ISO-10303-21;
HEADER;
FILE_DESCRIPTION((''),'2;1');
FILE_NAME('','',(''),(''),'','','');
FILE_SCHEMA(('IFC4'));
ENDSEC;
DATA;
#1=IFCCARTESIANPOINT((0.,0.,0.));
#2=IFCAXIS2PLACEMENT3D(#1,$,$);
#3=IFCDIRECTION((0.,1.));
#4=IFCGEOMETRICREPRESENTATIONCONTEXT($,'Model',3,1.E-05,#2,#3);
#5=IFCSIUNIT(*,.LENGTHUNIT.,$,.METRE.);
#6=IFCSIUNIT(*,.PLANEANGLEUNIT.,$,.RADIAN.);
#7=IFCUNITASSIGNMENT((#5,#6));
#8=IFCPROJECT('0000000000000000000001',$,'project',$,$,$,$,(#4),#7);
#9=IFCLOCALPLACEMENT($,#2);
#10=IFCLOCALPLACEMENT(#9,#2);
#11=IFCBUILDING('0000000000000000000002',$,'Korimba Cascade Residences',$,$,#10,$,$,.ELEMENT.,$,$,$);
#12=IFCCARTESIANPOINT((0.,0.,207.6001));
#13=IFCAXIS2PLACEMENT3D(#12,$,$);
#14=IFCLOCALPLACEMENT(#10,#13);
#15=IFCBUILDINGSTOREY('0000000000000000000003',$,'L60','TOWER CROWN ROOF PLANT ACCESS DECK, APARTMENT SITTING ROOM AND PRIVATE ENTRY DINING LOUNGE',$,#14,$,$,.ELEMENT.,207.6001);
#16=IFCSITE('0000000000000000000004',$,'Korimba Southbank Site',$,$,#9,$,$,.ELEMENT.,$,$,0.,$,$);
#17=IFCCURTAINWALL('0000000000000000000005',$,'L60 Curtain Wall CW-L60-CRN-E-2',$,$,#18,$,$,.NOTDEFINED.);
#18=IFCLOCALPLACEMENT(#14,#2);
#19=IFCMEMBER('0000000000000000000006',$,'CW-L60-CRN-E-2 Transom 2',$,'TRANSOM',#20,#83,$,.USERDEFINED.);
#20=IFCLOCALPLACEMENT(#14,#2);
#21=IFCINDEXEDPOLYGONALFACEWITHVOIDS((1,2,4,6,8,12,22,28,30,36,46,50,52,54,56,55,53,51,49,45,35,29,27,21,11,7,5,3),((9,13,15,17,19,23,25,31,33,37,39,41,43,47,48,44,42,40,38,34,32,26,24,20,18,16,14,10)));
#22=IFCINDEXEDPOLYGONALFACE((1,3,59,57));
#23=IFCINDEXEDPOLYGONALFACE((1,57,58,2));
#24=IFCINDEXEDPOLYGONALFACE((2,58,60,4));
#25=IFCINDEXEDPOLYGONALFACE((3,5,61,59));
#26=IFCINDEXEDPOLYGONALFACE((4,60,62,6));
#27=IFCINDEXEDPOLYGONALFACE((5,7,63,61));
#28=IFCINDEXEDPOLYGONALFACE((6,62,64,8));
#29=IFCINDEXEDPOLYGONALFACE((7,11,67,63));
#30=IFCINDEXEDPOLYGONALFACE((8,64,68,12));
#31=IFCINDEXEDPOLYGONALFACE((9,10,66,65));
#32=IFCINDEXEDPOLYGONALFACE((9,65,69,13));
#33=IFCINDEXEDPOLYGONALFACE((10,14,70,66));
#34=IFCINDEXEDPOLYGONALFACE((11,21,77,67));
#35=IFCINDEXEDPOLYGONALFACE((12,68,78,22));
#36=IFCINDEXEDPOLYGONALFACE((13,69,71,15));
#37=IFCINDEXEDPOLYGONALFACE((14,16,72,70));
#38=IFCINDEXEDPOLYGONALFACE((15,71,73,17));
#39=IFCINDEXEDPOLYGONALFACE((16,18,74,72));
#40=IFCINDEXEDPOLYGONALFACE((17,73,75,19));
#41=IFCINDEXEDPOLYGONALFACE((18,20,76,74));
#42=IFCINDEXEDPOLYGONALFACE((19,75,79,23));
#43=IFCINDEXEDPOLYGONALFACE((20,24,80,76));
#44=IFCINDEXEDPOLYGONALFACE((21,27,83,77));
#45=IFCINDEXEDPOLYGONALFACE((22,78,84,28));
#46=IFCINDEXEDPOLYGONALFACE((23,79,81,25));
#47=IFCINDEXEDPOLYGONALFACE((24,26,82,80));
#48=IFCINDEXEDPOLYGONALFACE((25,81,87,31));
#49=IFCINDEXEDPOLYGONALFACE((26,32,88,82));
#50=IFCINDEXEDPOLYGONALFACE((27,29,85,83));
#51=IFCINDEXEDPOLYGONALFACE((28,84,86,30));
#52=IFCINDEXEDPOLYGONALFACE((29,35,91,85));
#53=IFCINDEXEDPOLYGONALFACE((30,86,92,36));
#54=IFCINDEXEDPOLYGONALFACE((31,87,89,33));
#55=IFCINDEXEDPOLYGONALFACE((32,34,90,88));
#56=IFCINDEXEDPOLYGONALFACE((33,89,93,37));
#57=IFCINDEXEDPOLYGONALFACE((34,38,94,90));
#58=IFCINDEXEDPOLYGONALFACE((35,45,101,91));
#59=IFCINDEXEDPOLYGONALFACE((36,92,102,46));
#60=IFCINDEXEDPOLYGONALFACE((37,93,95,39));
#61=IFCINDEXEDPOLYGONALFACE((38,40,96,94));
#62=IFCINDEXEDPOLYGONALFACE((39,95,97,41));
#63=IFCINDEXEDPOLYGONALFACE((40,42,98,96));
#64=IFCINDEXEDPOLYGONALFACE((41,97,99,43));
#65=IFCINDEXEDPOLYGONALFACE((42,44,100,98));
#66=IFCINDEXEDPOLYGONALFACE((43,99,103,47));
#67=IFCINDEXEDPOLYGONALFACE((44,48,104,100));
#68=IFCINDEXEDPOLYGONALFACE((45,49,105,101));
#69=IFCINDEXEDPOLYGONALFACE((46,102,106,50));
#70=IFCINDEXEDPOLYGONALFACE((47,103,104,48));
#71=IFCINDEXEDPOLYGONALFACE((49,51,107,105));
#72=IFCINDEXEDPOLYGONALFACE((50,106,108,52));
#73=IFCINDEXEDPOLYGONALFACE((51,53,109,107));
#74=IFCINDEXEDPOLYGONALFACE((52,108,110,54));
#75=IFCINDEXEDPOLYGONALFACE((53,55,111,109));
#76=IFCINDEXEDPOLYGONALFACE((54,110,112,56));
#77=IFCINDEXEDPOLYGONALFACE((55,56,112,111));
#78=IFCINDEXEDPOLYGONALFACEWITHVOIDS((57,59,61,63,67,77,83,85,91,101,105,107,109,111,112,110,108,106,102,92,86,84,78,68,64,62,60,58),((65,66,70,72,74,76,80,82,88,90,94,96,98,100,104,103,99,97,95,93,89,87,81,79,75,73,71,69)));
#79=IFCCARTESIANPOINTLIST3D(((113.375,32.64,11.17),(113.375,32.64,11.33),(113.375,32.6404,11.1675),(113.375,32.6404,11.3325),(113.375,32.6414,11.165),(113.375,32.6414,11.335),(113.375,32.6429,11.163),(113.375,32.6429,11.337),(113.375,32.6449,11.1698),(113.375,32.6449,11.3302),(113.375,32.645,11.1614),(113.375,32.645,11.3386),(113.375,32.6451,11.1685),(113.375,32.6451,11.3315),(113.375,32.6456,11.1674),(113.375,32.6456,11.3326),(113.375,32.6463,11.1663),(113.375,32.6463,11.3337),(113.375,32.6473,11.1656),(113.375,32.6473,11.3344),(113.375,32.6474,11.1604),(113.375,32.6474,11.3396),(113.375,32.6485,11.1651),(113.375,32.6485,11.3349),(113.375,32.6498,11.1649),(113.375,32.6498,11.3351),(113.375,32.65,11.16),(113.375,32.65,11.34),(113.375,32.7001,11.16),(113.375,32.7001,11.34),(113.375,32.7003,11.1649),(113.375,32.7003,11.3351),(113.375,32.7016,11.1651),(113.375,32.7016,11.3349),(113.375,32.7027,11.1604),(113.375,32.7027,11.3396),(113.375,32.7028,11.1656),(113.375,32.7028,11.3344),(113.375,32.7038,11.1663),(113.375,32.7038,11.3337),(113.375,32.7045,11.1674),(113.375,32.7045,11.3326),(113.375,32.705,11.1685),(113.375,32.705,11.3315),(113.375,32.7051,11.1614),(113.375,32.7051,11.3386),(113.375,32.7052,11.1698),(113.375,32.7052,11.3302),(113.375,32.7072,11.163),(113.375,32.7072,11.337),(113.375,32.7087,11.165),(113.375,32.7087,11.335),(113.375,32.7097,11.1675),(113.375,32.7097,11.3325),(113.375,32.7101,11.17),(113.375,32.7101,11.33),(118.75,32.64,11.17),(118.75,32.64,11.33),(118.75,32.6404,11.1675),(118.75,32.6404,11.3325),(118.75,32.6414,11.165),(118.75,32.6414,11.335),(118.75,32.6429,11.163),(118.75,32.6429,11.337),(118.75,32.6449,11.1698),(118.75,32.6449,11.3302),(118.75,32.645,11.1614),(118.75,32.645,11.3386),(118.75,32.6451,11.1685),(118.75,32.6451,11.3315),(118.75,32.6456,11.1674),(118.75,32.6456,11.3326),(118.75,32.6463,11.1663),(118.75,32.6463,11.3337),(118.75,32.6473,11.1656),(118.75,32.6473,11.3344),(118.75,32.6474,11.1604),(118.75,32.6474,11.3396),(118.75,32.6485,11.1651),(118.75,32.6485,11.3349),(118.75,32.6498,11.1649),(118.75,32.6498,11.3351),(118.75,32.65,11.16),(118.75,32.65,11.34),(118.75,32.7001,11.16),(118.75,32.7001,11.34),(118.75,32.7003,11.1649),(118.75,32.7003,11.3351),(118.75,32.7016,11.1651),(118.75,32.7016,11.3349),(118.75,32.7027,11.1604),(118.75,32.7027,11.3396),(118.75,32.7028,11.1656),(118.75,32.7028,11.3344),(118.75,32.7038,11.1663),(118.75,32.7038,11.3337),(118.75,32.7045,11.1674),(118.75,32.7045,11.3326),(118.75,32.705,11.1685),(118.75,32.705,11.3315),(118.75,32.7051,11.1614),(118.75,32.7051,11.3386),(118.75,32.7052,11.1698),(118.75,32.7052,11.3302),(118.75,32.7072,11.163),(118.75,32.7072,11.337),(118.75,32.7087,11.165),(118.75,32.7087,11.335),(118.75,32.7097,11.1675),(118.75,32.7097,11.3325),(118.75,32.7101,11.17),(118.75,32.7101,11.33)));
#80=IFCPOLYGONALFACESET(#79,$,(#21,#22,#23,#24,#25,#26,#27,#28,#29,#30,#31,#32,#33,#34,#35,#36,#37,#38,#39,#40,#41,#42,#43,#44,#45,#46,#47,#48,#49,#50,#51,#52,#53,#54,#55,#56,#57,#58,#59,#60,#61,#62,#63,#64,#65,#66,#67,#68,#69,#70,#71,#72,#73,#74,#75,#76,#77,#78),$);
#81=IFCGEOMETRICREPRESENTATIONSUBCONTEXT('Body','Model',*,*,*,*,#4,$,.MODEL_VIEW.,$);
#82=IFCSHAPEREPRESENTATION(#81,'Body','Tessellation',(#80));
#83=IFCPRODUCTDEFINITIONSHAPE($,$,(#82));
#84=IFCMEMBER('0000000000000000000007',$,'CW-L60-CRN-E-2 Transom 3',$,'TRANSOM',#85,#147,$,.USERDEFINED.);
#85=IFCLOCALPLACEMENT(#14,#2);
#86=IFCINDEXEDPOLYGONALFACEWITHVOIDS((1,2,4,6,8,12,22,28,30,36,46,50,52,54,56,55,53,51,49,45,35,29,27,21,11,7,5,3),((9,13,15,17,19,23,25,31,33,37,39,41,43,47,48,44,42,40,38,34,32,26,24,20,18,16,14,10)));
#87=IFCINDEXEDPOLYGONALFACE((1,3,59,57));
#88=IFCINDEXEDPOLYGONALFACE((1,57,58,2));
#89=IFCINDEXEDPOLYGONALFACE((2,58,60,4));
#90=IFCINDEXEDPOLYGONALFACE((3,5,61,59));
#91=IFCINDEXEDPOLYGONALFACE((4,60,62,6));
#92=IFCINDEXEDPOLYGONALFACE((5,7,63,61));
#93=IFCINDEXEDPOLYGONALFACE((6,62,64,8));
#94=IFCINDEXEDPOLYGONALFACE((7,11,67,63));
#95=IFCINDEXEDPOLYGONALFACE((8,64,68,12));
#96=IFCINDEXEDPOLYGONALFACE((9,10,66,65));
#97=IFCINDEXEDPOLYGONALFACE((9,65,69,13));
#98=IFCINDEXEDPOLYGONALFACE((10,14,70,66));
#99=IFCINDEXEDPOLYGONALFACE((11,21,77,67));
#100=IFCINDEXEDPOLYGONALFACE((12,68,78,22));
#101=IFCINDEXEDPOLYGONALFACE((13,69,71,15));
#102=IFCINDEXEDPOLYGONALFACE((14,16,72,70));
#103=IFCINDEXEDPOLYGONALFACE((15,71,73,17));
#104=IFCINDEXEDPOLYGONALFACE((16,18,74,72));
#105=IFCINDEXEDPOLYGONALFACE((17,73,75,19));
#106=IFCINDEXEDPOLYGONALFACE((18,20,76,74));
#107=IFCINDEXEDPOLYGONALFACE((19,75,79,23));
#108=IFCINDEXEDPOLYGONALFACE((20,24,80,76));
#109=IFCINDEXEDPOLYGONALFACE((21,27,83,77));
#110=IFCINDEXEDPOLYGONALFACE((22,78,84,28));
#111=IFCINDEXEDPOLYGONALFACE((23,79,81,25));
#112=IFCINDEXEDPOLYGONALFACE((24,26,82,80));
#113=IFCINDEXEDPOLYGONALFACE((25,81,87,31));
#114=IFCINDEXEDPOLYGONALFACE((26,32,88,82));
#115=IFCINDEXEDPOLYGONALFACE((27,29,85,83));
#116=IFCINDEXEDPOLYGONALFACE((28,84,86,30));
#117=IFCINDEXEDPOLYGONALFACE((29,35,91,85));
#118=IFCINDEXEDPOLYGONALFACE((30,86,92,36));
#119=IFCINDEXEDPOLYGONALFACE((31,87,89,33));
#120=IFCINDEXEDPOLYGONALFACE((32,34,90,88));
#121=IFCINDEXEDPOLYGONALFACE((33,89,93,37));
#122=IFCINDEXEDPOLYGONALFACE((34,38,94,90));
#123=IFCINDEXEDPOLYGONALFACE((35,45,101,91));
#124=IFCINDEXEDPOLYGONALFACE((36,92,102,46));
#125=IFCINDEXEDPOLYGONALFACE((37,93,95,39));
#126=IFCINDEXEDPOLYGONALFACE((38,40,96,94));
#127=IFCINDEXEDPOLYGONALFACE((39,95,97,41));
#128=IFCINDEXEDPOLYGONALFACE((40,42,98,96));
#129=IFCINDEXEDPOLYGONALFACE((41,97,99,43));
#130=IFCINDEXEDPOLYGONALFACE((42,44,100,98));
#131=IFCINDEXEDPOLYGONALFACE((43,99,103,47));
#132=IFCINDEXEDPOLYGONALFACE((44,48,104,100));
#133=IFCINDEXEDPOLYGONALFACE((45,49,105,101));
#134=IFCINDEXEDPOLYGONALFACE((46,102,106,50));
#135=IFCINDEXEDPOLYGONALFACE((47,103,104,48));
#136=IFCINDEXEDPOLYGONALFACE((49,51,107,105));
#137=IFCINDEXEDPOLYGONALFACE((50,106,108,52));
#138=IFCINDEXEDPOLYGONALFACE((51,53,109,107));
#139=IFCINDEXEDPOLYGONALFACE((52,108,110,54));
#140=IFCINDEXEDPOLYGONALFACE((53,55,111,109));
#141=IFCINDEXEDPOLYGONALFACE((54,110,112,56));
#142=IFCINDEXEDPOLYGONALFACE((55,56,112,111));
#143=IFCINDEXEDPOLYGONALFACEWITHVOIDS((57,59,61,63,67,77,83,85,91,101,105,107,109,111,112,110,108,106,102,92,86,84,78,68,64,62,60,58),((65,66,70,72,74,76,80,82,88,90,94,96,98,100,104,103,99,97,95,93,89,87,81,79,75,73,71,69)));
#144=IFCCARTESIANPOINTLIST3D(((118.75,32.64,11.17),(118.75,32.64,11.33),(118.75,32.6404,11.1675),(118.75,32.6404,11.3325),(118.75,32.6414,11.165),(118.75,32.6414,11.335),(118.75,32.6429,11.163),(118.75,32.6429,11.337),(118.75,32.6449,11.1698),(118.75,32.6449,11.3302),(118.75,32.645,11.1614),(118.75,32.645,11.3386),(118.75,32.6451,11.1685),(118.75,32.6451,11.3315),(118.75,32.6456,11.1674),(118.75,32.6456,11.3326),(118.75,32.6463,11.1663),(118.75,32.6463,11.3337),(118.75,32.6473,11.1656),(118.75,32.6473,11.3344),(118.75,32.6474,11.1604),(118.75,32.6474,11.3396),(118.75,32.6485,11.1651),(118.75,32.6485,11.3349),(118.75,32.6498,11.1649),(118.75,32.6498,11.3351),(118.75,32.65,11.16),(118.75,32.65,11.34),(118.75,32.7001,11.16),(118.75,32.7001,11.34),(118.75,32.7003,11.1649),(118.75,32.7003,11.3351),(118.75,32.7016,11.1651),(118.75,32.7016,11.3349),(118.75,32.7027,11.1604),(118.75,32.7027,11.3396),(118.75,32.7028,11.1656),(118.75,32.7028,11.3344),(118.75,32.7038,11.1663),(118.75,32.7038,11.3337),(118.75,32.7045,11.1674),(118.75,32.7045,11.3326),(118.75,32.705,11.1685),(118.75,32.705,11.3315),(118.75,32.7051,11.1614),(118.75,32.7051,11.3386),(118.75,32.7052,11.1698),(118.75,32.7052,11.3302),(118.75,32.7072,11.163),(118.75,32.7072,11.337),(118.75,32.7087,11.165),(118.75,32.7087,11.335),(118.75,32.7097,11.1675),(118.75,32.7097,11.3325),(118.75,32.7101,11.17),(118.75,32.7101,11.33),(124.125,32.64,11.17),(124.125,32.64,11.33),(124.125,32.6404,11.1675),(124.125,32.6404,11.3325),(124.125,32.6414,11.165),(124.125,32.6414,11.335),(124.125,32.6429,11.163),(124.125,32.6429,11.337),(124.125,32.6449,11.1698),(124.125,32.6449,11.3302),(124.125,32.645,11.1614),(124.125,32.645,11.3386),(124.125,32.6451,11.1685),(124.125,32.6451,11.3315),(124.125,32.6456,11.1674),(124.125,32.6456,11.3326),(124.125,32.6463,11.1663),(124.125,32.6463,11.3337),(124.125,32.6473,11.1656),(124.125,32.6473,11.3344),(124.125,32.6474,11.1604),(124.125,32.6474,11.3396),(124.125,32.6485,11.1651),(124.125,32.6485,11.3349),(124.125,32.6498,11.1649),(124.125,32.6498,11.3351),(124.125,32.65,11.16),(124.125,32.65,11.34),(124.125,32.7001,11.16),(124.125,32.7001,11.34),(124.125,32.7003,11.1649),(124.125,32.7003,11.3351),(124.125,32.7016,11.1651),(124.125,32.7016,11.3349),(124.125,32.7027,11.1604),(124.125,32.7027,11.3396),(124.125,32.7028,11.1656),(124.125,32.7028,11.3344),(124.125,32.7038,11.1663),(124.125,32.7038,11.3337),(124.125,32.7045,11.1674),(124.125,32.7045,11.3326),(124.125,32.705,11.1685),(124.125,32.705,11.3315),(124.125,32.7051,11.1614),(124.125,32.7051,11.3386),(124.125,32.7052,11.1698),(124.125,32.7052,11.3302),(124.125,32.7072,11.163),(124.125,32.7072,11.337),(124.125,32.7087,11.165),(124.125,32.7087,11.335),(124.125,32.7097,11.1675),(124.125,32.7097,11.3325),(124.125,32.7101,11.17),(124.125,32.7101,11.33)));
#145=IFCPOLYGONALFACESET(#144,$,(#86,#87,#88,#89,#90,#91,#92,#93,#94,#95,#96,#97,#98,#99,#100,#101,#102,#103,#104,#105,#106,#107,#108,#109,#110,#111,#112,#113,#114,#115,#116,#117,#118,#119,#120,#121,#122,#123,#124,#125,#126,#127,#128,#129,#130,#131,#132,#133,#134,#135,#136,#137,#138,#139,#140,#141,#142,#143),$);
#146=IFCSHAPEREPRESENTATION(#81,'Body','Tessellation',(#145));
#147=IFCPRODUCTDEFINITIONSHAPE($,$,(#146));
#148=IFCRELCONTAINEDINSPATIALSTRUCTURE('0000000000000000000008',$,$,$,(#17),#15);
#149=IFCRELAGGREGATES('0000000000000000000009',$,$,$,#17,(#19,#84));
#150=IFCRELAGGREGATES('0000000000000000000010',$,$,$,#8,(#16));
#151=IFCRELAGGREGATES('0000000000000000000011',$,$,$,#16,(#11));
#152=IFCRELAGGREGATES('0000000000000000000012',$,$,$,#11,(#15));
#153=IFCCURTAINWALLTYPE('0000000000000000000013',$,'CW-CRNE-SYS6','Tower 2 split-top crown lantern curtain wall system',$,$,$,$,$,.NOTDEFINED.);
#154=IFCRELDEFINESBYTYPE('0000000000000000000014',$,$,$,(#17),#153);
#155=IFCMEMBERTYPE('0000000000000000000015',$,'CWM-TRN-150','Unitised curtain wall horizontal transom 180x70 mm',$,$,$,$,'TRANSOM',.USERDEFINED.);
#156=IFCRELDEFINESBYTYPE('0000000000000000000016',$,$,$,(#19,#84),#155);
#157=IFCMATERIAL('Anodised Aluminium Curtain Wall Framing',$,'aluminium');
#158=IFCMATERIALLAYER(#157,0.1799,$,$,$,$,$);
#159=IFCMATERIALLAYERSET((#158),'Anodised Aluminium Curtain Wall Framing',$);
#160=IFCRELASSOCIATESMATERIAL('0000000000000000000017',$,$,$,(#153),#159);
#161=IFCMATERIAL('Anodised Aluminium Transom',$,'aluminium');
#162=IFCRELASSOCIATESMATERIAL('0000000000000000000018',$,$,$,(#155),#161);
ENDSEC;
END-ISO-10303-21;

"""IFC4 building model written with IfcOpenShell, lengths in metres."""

from ifc_helpers import new_model, si_unit, direction, frame, origin, origin_2d, place, context, subcontext, project, spatial, hollow_rectangle, extrude, material, layer, layer_set, material_profile, profile_set, type_object, element, aggregate, save


model = new_model("IFC4")

# Units and contexts
model_context = context("Model", 3, precision=1e-05, world=origin(), true_north=direction((0.0, 1.0)))
body_context = subcontext(model_context, "Body", "Model", "MODEL_VIEW")
ifc_project = project(units=[si_unit("LENGTHUNIT", "METRE"), si_unit("PLANEANGLEUNIT", "RADIAN")], contexts=[model_context])

# Site, building, storey
site_placement = place(None, origin())
site = spatial("IfcSite", under=ifc_project, at=site_placement, Name="Korimba Southbank Site", CompositionType="ELEMENT", RefElevation=0.0)
building_placement = place(site_placement, origin())
building = spatial("IfcBuilding", under=site, at=building_placement, Name="Korimba Cascade Residences", CompositionType="ELEMENT")
storey_placement = place(building_placement, frame((0.0, 0.0, 207.6001)))
storey = spatial("IfcBuildingStorey", under=building, at=storey_placement, Name="L60", Description="TOWER CROWN ROOF PLANT ACCESS DECK, APARTMENT SITTING ROOM AND PRIVATE ENTRY DINING LOUNGE", CompositionType="ELEMENT", Elevation=207.6001)

# Curtain wall, members
ifc_material_1 = material(Name="Anodised Aluminium Curtain Wall Framing", Category="aluminium")
ifc_layer_1 = layer(ifc_material_1, 0.1799)
ifc_layer_set_1 = layer_set([ifc_layer_1], Name="Anodised Aluminium Curtain Wall Framing")
curtain_wall_type = type_object("IfcCurtainWallType", Name="CW-CRNE-SYS6", Description="Tower 2 split-top crown lantern curtain wall system", PredefinedType="NOTDEFINED", material=ifc_layer_set_1)
curtain_wall_placement = place(storey_placement, origin())
curtain_wall = element("IfcCurtainWall", 1, at=curtain_wall_placement, inside=storey, type_object=curtain_wall_type, Name="L60 Curtain Wall CW-L60-CRN-E-2", PredefinedType="NOTDEFINED")
ifc_material_2 = material(Name="Anodised Aluminium Transom", Category="aluminium")
ifc_material_profile_1 = material_profile(ifc_material_2, hollow_rectangle(XDim=0.0701, YDim=0.1799, WallThickness=0.0049, InnerFilletRadius=0.0049, OuterFilletRadius=0.01, at=origin_2d()), Name="Anodised Aluminium Transom")
ifc_profile_set_1 = profile_set([ifc_material_profile_1], Name="Anodised Aluminium Transom")
member_type_1 = type_object("IfcMemberType", Name="CWM-TRN-150", Description="Unitised curtain wall horizontal transom 180x70 mm", ElementType="TRANSOM", PredefinedType="USERDEFINED", material=ifc_profile_set_1)
member_1_placement = place(storey_placement, frame((113.375, 32.675, 11.25), z_axis=(1.0, 0.0, 0.0), x_axis=(0.0, 1.0, 0.0)))
member_1 = element("IfcMember", 2, at=member_1_placement, type_object=member_type_1, Name="CW-L60-CRN-E-2 Transom 2", ObjectType="TRANSOM", PredefinedType="USERDEFINED", context=body_context, shape_type="SweptSolid", body=[
    extrude(hollow_rectangle(XDim=0.0701, YDim=0.1799, WallThickness=0.0049, InnerFilletRadius=0.0049, OuterFilletRadius=0.01, at=origin_2d()), origin(), (0.0, 0.0, 1.0), 5.375),
])
member_2_placement = place(storey_placement, frame((118.75, 32.675, 11.25), z_axis=(1.0, 0.0, 0.0), x_axis=(0.0, 1.0, 0.0)))
member_2 = element("IfcMember", 3, at=member_2_placement, type_object=member_type_1, Name="CW-L60-CRN-E-2 Transom 3", ObjectType="TRANSOM", PredefinedType="USERDEFINED", context=body_context, shape_type="SweptSolid", body=[
    extrude(hollow_rectangle(XDim=0.0701, YDim=0.1799, WallThickness=0.0049, InnerFilletRadius=0.0049, OuterFilletRadius=0.01, at=origin_2d()), origin(), (0.0, 0.0, 1.0), 5.375),
])

aggregate(curtain_wall, [member_1, member_2])

save(model, "model.ifc")
